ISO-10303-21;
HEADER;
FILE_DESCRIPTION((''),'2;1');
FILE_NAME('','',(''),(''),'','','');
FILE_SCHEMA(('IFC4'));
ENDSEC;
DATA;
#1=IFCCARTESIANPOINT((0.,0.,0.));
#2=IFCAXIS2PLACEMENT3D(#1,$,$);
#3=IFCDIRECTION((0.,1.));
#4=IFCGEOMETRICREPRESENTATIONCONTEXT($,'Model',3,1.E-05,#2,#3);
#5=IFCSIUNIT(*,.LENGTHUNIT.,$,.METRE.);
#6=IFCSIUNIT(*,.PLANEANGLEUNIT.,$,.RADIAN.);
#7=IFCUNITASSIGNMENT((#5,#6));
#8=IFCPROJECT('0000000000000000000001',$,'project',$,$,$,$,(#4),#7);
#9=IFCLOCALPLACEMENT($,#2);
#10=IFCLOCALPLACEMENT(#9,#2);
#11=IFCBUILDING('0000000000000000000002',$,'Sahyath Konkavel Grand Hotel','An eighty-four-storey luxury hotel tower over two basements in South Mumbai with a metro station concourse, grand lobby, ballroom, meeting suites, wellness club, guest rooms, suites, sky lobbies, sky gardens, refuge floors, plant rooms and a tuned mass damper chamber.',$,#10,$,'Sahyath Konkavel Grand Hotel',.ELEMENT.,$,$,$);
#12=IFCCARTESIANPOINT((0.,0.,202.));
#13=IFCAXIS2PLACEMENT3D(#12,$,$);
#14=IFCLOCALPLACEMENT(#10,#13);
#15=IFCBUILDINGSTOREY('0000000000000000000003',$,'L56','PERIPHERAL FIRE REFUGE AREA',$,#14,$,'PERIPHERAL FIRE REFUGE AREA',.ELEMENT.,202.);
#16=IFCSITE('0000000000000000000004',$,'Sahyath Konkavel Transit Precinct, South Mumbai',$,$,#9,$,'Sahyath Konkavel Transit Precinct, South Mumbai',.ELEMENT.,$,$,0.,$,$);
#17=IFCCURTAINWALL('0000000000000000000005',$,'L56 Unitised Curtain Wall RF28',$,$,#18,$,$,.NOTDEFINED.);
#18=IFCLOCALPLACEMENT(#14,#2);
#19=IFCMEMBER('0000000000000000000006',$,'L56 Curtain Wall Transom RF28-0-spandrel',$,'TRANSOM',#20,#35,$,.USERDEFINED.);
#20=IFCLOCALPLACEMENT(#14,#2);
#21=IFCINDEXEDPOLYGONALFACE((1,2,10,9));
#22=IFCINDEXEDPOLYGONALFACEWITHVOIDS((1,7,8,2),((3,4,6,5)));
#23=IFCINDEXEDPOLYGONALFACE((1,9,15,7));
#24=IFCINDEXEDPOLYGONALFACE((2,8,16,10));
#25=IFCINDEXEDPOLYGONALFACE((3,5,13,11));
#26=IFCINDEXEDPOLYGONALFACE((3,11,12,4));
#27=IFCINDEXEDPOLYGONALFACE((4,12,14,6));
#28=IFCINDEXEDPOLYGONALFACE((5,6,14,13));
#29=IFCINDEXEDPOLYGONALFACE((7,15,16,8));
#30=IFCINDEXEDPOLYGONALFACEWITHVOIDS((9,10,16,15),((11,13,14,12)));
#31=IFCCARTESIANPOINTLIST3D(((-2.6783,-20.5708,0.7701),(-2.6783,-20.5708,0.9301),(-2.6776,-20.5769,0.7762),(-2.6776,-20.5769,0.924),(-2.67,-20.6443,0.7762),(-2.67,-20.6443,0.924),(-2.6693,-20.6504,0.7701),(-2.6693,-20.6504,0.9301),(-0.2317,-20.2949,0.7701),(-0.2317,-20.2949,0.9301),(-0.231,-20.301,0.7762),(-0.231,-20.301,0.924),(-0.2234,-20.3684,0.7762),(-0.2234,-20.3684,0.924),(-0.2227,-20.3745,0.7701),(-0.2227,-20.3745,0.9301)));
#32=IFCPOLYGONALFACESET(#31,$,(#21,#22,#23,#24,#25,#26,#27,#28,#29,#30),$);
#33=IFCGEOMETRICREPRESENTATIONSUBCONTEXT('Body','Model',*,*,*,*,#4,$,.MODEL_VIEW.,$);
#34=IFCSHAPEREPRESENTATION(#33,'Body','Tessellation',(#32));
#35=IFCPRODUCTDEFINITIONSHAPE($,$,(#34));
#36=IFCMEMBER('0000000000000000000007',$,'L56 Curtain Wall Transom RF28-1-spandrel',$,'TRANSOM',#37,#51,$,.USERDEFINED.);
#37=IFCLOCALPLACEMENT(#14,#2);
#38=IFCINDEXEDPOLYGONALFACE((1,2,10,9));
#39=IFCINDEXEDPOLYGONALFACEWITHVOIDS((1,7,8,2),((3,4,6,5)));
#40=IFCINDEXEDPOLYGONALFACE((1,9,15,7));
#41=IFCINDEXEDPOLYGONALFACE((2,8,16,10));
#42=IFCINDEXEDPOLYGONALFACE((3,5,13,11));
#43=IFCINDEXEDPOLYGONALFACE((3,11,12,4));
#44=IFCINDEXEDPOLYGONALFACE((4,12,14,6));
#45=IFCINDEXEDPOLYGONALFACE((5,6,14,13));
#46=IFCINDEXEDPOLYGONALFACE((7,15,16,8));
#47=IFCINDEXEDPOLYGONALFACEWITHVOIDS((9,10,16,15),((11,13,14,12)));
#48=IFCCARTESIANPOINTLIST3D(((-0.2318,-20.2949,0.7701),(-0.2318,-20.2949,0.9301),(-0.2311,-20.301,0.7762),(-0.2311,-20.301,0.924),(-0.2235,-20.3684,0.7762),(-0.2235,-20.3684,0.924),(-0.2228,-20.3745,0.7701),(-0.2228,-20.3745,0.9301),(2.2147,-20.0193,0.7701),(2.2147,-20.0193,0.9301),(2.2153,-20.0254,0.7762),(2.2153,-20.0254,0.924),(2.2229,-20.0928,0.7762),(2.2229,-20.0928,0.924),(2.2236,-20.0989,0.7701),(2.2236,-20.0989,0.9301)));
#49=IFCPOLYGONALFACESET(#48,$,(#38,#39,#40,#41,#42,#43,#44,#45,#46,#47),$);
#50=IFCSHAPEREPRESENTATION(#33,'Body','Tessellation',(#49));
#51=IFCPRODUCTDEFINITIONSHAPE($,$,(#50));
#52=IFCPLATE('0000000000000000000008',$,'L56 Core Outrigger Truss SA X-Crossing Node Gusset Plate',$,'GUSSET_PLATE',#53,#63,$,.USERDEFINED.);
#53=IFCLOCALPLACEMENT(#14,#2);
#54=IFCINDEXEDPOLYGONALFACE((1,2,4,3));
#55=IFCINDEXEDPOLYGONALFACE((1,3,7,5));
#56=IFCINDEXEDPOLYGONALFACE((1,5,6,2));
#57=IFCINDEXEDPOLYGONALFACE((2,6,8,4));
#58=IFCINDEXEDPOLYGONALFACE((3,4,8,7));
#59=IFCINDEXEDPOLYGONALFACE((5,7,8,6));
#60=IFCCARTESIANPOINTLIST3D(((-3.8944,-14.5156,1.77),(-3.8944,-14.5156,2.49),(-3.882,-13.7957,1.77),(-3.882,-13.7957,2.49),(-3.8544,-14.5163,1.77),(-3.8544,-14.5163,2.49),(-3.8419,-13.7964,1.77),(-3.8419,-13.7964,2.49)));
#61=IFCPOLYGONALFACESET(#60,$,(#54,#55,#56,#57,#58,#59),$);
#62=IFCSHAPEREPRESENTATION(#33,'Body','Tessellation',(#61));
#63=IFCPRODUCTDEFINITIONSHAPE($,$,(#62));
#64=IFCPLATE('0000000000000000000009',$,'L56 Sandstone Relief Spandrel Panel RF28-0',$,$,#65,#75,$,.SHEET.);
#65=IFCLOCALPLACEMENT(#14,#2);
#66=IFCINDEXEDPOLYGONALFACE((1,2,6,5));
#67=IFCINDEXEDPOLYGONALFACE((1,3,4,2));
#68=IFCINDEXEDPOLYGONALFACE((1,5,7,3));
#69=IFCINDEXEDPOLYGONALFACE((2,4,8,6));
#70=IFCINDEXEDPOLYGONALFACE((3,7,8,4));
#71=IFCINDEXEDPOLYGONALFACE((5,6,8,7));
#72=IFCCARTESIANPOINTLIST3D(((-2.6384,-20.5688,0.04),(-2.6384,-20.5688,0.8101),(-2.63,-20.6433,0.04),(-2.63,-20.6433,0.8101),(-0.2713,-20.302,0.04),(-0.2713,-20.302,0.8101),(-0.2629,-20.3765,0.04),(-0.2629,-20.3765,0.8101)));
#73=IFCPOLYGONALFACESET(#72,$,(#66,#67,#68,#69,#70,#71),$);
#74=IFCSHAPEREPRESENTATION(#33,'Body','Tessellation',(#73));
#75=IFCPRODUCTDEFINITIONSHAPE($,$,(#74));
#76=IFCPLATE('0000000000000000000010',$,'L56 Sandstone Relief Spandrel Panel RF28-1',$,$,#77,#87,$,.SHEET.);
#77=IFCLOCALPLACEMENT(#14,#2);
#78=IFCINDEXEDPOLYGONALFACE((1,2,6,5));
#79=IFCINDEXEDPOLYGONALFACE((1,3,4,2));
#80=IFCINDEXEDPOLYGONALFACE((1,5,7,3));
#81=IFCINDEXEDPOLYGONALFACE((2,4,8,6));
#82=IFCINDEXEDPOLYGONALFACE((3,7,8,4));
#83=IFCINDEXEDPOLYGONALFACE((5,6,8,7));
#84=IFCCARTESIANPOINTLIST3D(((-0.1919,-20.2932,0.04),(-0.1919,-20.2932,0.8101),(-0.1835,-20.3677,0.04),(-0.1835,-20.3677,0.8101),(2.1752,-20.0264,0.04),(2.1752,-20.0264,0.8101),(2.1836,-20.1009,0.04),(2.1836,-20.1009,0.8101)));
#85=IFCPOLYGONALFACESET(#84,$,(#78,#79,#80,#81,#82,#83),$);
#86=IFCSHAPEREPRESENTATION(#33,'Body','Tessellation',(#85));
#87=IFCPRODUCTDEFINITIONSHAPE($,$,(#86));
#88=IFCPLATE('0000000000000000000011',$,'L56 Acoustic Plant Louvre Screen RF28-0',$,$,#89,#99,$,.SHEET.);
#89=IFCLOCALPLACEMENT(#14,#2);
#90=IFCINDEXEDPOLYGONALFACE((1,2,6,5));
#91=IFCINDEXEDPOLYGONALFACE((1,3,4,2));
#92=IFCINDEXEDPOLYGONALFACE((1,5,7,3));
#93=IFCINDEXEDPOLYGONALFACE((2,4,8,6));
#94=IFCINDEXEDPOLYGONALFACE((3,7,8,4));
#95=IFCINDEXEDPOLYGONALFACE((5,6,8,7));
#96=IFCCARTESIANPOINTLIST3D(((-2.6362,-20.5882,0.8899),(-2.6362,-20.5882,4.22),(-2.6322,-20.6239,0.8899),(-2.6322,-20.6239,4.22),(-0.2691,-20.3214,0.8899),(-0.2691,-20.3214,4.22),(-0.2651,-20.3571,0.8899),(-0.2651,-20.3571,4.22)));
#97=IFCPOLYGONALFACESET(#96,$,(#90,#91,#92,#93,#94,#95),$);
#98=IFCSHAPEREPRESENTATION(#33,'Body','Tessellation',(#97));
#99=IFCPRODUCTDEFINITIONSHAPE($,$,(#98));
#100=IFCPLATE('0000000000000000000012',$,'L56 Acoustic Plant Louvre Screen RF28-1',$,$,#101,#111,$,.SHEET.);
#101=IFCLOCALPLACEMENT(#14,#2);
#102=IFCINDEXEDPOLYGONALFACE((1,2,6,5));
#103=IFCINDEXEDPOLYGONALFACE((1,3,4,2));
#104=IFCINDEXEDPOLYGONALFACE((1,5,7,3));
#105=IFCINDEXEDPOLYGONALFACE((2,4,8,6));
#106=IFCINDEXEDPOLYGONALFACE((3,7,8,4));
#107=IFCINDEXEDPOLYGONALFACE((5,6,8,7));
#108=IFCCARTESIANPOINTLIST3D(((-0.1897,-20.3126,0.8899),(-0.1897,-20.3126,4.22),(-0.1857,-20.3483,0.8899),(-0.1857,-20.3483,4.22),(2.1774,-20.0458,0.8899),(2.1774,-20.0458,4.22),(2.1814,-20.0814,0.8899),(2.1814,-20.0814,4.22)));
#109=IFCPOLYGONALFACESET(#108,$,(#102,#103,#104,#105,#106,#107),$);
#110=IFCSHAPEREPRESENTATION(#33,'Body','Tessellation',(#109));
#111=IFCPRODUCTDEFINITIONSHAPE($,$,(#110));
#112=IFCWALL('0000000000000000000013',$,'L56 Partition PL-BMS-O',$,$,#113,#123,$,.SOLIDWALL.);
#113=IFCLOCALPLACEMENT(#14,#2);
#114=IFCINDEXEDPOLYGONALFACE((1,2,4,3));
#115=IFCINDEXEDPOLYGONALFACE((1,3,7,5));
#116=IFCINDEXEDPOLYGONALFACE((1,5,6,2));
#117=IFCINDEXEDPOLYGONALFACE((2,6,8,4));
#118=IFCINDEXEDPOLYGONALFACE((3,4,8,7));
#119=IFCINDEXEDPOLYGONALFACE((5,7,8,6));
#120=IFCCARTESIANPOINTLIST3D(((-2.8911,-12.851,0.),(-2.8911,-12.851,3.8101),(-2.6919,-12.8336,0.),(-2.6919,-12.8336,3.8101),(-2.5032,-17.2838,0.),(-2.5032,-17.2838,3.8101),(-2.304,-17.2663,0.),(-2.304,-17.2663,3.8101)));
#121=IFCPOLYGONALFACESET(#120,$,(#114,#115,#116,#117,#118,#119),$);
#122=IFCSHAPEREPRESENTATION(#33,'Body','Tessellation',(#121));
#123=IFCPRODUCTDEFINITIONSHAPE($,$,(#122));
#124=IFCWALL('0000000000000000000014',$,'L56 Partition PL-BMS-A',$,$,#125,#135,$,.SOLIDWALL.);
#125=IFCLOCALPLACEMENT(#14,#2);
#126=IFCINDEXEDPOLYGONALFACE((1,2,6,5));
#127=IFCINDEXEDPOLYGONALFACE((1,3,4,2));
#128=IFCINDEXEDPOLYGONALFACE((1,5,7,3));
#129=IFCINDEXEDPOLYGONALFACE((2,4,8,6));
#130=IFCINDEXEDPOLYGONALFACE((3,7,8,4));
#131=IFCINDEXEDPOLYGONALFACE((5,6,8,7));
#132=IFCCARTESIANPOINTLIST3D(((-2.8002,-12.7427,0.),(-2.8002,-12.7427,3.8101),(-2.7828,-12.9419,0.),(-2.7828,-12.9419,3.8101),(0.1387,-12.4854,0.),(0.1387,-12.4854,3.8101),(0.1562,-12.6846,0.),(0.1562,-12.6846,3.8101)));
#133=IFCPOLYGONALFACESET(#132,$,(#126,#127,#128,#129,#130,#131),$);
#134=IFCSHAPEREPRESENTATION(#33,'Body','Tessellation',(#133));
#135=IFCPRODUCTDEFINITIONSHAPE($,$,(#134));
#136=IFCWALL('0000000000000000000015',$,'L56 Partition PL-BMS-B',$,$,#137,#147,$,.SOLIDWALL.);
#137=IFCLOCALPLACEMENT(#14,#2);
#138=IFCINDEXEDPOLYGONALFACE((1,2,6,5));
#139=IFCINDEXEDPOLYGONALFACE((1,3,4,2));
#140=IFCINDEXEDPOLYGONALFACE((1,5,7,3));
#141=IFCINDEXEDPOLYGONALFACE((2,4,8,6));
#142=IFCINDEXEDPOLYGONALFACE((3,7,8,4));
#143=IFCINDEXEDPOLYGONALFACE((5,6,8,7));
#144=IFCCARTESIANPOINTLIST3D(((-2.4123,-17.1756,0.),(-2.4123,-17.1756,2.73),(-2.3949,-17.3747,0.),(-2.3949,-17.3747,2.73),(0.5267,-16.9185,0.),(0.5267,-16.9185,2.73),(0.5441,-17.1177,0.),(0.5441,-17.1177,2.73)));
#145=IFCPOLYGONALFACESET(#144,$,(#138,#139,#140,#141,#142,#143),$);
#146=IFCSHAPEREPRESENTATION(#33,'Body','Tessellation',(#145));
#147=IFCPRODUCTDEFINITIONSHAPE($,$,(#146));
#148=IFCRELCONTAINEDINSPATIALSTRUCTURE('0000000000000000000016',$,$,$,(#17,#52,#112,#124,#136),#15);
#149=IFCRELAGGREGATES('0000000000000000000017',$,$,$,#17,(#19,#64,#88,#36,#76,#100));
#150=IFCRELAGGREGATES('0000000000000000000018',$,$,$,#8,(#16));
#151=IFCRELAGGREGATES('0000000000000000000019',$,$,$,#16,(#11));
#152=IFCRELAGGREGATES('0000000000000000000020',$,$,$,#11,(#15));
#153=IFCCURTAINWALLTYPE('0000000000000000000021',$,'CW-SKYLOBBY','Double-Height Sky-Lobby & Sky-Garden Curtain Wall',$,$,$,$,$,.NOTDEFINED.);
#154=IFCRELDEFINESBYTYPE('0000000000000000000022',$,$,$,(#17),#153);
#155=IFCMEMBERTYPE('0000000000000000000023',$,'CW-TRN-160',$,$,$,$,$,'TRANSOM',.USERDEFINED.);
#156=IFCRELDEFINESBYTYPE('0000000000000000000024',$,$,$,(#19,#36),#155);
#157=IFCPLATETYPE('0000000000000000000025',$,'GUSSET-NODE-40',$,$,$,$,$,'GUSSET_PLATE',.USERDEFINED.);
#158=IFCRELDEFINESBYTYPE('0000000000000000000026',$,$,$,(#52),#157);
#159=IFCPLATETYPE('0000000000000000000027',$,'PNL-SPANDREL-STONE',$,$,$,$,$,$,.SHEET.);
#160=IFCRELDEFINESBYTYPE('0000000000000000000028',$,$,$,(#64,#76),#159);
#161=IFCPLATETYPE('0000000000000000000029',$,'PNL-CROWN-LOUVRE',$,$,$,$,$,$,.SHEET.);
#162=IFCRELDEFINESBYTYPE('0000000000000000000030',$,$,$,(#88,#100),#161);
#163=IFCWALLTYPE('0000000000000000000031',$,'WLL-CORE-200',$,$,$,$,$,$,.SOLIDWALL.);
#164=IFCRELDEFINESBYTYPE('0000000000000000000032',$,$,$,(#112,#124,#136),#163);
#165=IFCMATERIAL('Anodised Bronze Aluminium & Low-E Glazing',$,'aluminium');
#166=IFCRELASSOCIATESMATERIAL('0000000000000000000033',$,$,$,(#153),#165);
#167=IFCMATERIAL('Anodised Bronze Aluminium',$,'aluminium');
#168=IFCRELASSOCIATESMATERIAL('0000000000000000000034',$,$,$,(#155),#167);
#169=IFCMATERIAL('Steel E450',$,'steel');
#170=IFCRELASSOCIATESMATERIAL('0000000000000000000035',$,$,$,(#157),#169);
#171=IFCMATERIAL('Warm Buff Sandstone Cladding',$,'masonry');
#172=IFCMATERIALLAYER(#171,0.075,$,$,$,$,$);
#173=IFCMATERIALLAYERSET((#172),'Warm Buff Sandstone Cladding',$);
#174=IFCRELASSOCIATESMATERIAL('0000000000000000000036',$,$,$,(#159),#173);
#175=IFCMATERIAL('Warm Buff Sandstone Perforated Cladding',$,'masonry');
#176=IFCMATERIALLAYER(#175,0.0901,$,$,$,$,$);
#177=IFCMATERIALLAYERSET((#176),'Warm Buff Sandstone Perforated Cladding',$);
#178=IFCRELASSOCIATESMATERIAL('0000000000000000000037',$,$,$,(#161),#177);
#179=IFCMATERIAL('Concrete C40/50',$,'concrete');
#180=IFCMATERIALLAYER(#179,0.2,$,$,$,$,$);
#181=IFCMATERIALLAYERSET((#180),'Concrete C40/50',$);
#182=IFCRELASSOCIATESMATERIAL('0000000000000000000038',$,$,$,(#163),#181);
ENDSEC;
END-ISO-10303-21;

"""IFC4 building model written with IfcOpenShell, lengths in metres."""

from ifc_helpers import new_model, si_unit, direction, frame, frame_2d, origin, origin_2d, place, context, subcontext, project, spatial, rectangle, hollow_rectangle, extrude, source, transform, mapped, material, layer, layer_set, material_profile, profile_set, type_object, element, aggregate, save


model = new_model("IFC4")

# Units and contexts
model_context = context("Model", 3, precision=1e-05, world=origin(), true_north=direction((0.0, 1.0)))
body_context = subcontext(model_context, "Body", "Model", "MODEL_VIEW")
ifc_project = project(units=[si_unit("LENGTHUNIT", "METRE"), si_unit("PLANEANGLEUNIT", "RADIAN")], contexts=[model_context])

# Site, building, storey
site_placement = place(None, origin())
site = spatial("IfcSite", under=ifc_project, at=site_placement, Name="Sahyath Konkavel Transit Precinct, South Mumbai", LongName="Sahyath Konkavel Transit Precinct, South Mumbai", CompositionType="ELEMENT", RefElevation=0.0)
building_placement = place(site_placement, origin())
building = spatial("IfcBuilding", under=site, at=building_placement, Name="Sahyath Konkavel Grand Hotel", Description="An eighty-four-storey luxury hotel tower over two basements in South Mumbai with a metro station concourse, grand lobby, ballroom, meeting suites, wellness club, guest rooms, suites, sky lobbies, sky gardens, refuge floors, plant rooms and a tuned mass damper chamber.", LongName="Sahyath Konkavel Grand Hotel", CompositionType="ELEMENT")
storey_placement = place(building_placement, frame((0.0, 0.0, 202.0)))
storey = spatial("IfcBuildingStorey", under=building, at=storey_placement, Name="L56", Description="PERIPHERAL FIRE REFUGE AREA", LongName="PERIPHERAL FIRE REFUGE AREA", CompositionType="ELEMENT", Elevation=202.0)

# Shared definitions
ifc_material_1 = material(Name="Steel E450", Category="steel")

# Curtain wall, members
ifc_material_2 = material(Name="Anodised Bronze Aluminium & Low-E Glazing", Category="aluminium")
curtain_wall_type = type_object("IfcCurtainWallType", Name="CW-SKYLOBBY", Description="Double-Height Sky-Lobby & Sky-Garden Curtain Wall", PredefinedType="NOTDEFINED", material=ifc_material_2)
curtain_wall_placement = place(storey_placement, origin())
curtain_wall = element("IfcCurtainWall", 1, at=curtain_wall_placement, inside=storey, type_object=curtain_wall_type, Name="L56 Unitised Curtain Wall RF28", PredefinedType="NOTDEFINED")
ifc_material_3 = material(Name="Anodised Bronze Aluminium", Category="aluminium")
ifc_material_profile_1 = material_profile(ifc_material_3, hollow_rectangle(XDim=0.0801, YDim=0.1599, WallThickness=0.0061, at=origin_2d()), Name="RHS 160x80x6")
ifc_profile_set_1 = profile_set([ifc_material_profile_1], Name="Anodised Bronze Aluminium")
member_type_1 = type_object("IfcMemberType", Name="CW-TRN-160", ElementType="TRANSOM", PredefinedType="USERDEFINED", material=ifc_profile_set_1)
shared_shape_1 = source(origin(), body_context, "Body", "SweptSolid", [
    extrude(hollow_rectangle(XDim=0.0801, YDim=0.1599, WallThickness=0.0061, at=origin_2d()), origin(), (0.0, 0.0, 1.0), 2.4622),
])
member_1_placement = place(storey_placement, frame((-2.6738, -20.6106, 0.8501), z_axis=(0.993702, 0.112053, 0.0), x_axis=(-0.112053, 0.993702, 0.0)))
member_1 = element("IfcMember", 2, at=member_1_placement, type_object=member_type_1, Name="L56 Curtain Wall Transom RF28-0-spandrel", ObjectType="TRANSOM", PredefinedType="USERDEFINED", context=body_context, shape_type="MappedRepresentation", body=[
    mapped(shared_shape_1, transform((0.0, 0.0, 0.0), scale=1.0)),
])
shared_shape_2 = source(origin(), body_context, "Body", "SweptSolid", [
    extrude(hollow_rectangle(XDim=0.0801, YDim=0.1599, WallThickness=0.0061, at=origin_2d()), origin(), (0.0, 0.0, 1.0), 2.4619),
])
member_2_placement = place(storey_placement, frame((-0.2273, -20.3347, 0.8501), z_axis=(0.993713, 0.111955, 0.0), x_axis=(-0.111955, 0.993713, 0.0)))
member_2 = element("IfcMember", 3, at=member_2_placement, type_object=member_type_1, Name="L56 Curtain Wall Transom RF28-1-spandrel", ObjectType="TRANSOM", PredefinedType="USERDEFINED", context=body_context, shape_type="MappedRepresentation", body=[
    mapped(shared_shape_2, transform((0.0, 0.0, 0.0), scale=1.0)),
])

# Plates
plate_type_1 = type_object("IfcPlateType", Name="GUSSET-NODE-40", ElementType="GUSSET_PLATE", PredefinedType="USERDEFINED", material=ifc_material_1)
shared_shape_3 = source(origin(), body_context, "Body", "SweptSolid", [
    extrude(rectangle(XDim=0.72, YDim=0.04, at=origin_2d()), origin(), (0.0, 0.0, 1.0), 0.72),
])
plate_1_placement = place(storey_placement, frame((-3.8682, -14.156, 1.77), z_axis=(0.0, 0.0, 1.0), x_axis=(-0.017243, -0.999851, 0.0)))
element("IfcPlate", 4, at=plate_1_placement, inside=storey, type_object=plate_type_1, Name="L56 Core Outrigger Truss SA X-Crossing Node Gusset Plate", ObjectType="GUSSET_PLATE", PredefinedType="USERDEFINED", context=body_context, shape_type="MappedRepresentation", body=[
    mapped(shared_shape_3, transform((0.0, 0.0, 0.0), scale=1.0)),
])
ifc_material_4 = material(Name="Warm Buff Sandstone Cladding", Category="masonry")
ifc_layer_1 = layer(ifc_material_4, 0.075)
ifc_layer_set_1 = layer_set([ifc_layer_1], Name="Warm Buff Sandstone Cladding")
plate_type_2 = type_object("IfcPlateType", Name="PNL-SPANDREL-STONE", PredefinedType="SHEET", material=ifc_layer_set_1)
shared_shape_4 = source(origin(), body_context, "Body", "SweptSolid", [
    extrude(rectangle(XDim=2.3821, YDim=0.075, at=origin_2d()), origin(), (0.0, 0.0, 1.0), 0.77),
])
plate_2_placement = place(storey_placement, frame((-1.4507, -20.4727, 0.04), z_axis=(0.0, 0.0, 1.0), x_axis=(0.993707, 0.112007, 0.0)))
plate_2 = element("IfcPlate", 5, at=plate_2_placement, type_object=plate_type_2, Name="L56 Sandstone Relief Spandrel Panel RF28-0", PredefinedType="SHEET", context=body_context, shape_type="MappedRepresentation", body=[
    mapped(shared_shape_4, transform((0.0, 0.0, 0.0), scale=1.0)),
])
plate_3_placement = place(storey_placement, frame((0.9958, -20.197, 0.04), z_axis=(0.0, 0.0, 1.0), x_axis=(0.993707, 0.112007, 0.0)))
plate_3 = element("IfcPlate", 6, at=plate_3_placement, type_object=plate_type_2, Name="L56 Sandstone Relief Spandrel Panel RF28-1", PredefinedType="SHEET", context=body_context, shape_type="MappedRepresentation", body=[
    mapped(shared_shape_4, transform((0.0, 0.0, 0.0), scale=1.0)),
])
ifc_material_5 = material(Name="Warm Buff Sandstone Perforated Cladding", Category="masonry")
ifc_layer_2 = layer(ifc_material_5, 0.0901)
ifc_layer_set_2 = layer_set([ifc_layer_2], Name="Warm Buff Sandstone Perforated Cladding")
plate_type_3 = type_object("IfcPlateType", Name="PNL-CROWN-LOUVRE", PredefinedType="SHEET", material=ifc_layer_set_2)
shared_shape_5 = source(origin(), body_context, "Body", "SweptSolid", [
    extrude(rectangle(XDim=2.3821, YDim=0.0359, at=origin_2d()), origin(), (0.0, 0.0, 1.0), 3.3301),
])
plate_4_placement = place(storey_placement, frame((-1.4507, -20.4727, 0.8899), z_axis=(0.0, 0.0, 1.0), x_axis=(0.993707, 0.112007, 0.0)))
plate_4 = element("IfcPlate", 7, at=plate_4_placement, type_object=plate_type_3, Name="L56 Acoustic Plant Louvre Screen RF28-0", PredefinedType="SHEET", context=body_context, shape_type="MappedRepresentation", body=[
    mapped(shared_shape_5, transform((0.0, 0.0, 0.0), scale=1.0)),
])
plate_5_placement = place(storey_placement, frame((0.9958, -20.197, 0.8899), z_axis=(0.0, 0.0, 1.0), x_axis=(0.993707, 0.112007, 0.0)))
plate_5 = element("IfcPlate", 8, at=plate_5_placement, type_object=plate_type_3, Name="L56 Acoustic Plant Louvre Screen RF28-1", PredefinedType="SHEET", context=body_context, shape_type="MappedRepresentation", body=[
    mapped(shared_shape_5, transform((0.0, 0.0, 0.0), scale=1.0)),
])
aggregate(curtain_wall, [member_1, plate_2, plate_4, member_2, plate_3, plate_5])

# Shared definitions
ifc_material_6 = material(Name="Concrete C40/50", Category="concrete")
ifc_layer_3 = layer(ifc_material_6, 0.2)
ifc_layer_set_3 = layer_set([ifc_layer_3], Name="Concrete C40/50")
wall_type = type_object("IfcWallType", Name="WLL-CORE-200", PredefinedType="SOLIDWALL", material=ifc_layer_set_3)

# Walls
wall_1_placement = place(storey_placement, frame((-2.7915, -12.8423, 0.0), z_axis=(0.0, 0.0, 1.0), x_axis=(0.087181, -0.996192, 0.0)))
element("IfcWall", 9, at=wall_1_placement, inside=storey, type_object=wall_type, Name="L56 Partition PL-BMS-O", PredefinedType="SOLIDWALL", context=body_context, shape_type="SweptSolid", body=[
    extrude(rectangle(XDim=4.4497, YDim=0.2, at=frame_2d((2.2249, 0.0))), origin(), (0.0, 0.0, 1.0), 3.8101),
])
wall_2_placement = place(storey_placement, frame((-2.7915, -12.8423, 0.0), z_axis=(0.0, 0.0, 1.0), x_axis=(0.996189, 0.087222, 0.0)))
element("IfcWall", 10, at=wall_2_placement, inside=storey, type_object=wall_type, Name="L56 Partition PL-BMS-A", PredefinedType="SOLIDWALL", context=body_context, shape_type="SweptSolid", body=[
    extrude(rectangle(XDim=2.9502, YDim=0.2, at=frame_2d((1.4751, 0.0))), origin(), (0.0, 0.0, 1.0), 3.8101),
])
wall_3_placement = place(storey_placement, frame((-2.4036, -17.2751, 0.0), z_axis=(0.0, 0.0, 1.0), x_axis=(0.996196, 0.08714, 0.0)))
element("IfcWall", 11, at=wall_3_placement, inside=storey, type_object=wall_type, Name="L56 Partition PL-BMS-B", PredefinedType="SOLIDWALL", context=body_context, shape_type="SweptSolid", body=[
    extrude(rectangle(XDim=2.9502, YDim=0.2, at=frame_2d((1.4751, 0.0))), origin(), (0.0, 0.0, 1.0), 2.73),
])

save(model, "model.ifc")
